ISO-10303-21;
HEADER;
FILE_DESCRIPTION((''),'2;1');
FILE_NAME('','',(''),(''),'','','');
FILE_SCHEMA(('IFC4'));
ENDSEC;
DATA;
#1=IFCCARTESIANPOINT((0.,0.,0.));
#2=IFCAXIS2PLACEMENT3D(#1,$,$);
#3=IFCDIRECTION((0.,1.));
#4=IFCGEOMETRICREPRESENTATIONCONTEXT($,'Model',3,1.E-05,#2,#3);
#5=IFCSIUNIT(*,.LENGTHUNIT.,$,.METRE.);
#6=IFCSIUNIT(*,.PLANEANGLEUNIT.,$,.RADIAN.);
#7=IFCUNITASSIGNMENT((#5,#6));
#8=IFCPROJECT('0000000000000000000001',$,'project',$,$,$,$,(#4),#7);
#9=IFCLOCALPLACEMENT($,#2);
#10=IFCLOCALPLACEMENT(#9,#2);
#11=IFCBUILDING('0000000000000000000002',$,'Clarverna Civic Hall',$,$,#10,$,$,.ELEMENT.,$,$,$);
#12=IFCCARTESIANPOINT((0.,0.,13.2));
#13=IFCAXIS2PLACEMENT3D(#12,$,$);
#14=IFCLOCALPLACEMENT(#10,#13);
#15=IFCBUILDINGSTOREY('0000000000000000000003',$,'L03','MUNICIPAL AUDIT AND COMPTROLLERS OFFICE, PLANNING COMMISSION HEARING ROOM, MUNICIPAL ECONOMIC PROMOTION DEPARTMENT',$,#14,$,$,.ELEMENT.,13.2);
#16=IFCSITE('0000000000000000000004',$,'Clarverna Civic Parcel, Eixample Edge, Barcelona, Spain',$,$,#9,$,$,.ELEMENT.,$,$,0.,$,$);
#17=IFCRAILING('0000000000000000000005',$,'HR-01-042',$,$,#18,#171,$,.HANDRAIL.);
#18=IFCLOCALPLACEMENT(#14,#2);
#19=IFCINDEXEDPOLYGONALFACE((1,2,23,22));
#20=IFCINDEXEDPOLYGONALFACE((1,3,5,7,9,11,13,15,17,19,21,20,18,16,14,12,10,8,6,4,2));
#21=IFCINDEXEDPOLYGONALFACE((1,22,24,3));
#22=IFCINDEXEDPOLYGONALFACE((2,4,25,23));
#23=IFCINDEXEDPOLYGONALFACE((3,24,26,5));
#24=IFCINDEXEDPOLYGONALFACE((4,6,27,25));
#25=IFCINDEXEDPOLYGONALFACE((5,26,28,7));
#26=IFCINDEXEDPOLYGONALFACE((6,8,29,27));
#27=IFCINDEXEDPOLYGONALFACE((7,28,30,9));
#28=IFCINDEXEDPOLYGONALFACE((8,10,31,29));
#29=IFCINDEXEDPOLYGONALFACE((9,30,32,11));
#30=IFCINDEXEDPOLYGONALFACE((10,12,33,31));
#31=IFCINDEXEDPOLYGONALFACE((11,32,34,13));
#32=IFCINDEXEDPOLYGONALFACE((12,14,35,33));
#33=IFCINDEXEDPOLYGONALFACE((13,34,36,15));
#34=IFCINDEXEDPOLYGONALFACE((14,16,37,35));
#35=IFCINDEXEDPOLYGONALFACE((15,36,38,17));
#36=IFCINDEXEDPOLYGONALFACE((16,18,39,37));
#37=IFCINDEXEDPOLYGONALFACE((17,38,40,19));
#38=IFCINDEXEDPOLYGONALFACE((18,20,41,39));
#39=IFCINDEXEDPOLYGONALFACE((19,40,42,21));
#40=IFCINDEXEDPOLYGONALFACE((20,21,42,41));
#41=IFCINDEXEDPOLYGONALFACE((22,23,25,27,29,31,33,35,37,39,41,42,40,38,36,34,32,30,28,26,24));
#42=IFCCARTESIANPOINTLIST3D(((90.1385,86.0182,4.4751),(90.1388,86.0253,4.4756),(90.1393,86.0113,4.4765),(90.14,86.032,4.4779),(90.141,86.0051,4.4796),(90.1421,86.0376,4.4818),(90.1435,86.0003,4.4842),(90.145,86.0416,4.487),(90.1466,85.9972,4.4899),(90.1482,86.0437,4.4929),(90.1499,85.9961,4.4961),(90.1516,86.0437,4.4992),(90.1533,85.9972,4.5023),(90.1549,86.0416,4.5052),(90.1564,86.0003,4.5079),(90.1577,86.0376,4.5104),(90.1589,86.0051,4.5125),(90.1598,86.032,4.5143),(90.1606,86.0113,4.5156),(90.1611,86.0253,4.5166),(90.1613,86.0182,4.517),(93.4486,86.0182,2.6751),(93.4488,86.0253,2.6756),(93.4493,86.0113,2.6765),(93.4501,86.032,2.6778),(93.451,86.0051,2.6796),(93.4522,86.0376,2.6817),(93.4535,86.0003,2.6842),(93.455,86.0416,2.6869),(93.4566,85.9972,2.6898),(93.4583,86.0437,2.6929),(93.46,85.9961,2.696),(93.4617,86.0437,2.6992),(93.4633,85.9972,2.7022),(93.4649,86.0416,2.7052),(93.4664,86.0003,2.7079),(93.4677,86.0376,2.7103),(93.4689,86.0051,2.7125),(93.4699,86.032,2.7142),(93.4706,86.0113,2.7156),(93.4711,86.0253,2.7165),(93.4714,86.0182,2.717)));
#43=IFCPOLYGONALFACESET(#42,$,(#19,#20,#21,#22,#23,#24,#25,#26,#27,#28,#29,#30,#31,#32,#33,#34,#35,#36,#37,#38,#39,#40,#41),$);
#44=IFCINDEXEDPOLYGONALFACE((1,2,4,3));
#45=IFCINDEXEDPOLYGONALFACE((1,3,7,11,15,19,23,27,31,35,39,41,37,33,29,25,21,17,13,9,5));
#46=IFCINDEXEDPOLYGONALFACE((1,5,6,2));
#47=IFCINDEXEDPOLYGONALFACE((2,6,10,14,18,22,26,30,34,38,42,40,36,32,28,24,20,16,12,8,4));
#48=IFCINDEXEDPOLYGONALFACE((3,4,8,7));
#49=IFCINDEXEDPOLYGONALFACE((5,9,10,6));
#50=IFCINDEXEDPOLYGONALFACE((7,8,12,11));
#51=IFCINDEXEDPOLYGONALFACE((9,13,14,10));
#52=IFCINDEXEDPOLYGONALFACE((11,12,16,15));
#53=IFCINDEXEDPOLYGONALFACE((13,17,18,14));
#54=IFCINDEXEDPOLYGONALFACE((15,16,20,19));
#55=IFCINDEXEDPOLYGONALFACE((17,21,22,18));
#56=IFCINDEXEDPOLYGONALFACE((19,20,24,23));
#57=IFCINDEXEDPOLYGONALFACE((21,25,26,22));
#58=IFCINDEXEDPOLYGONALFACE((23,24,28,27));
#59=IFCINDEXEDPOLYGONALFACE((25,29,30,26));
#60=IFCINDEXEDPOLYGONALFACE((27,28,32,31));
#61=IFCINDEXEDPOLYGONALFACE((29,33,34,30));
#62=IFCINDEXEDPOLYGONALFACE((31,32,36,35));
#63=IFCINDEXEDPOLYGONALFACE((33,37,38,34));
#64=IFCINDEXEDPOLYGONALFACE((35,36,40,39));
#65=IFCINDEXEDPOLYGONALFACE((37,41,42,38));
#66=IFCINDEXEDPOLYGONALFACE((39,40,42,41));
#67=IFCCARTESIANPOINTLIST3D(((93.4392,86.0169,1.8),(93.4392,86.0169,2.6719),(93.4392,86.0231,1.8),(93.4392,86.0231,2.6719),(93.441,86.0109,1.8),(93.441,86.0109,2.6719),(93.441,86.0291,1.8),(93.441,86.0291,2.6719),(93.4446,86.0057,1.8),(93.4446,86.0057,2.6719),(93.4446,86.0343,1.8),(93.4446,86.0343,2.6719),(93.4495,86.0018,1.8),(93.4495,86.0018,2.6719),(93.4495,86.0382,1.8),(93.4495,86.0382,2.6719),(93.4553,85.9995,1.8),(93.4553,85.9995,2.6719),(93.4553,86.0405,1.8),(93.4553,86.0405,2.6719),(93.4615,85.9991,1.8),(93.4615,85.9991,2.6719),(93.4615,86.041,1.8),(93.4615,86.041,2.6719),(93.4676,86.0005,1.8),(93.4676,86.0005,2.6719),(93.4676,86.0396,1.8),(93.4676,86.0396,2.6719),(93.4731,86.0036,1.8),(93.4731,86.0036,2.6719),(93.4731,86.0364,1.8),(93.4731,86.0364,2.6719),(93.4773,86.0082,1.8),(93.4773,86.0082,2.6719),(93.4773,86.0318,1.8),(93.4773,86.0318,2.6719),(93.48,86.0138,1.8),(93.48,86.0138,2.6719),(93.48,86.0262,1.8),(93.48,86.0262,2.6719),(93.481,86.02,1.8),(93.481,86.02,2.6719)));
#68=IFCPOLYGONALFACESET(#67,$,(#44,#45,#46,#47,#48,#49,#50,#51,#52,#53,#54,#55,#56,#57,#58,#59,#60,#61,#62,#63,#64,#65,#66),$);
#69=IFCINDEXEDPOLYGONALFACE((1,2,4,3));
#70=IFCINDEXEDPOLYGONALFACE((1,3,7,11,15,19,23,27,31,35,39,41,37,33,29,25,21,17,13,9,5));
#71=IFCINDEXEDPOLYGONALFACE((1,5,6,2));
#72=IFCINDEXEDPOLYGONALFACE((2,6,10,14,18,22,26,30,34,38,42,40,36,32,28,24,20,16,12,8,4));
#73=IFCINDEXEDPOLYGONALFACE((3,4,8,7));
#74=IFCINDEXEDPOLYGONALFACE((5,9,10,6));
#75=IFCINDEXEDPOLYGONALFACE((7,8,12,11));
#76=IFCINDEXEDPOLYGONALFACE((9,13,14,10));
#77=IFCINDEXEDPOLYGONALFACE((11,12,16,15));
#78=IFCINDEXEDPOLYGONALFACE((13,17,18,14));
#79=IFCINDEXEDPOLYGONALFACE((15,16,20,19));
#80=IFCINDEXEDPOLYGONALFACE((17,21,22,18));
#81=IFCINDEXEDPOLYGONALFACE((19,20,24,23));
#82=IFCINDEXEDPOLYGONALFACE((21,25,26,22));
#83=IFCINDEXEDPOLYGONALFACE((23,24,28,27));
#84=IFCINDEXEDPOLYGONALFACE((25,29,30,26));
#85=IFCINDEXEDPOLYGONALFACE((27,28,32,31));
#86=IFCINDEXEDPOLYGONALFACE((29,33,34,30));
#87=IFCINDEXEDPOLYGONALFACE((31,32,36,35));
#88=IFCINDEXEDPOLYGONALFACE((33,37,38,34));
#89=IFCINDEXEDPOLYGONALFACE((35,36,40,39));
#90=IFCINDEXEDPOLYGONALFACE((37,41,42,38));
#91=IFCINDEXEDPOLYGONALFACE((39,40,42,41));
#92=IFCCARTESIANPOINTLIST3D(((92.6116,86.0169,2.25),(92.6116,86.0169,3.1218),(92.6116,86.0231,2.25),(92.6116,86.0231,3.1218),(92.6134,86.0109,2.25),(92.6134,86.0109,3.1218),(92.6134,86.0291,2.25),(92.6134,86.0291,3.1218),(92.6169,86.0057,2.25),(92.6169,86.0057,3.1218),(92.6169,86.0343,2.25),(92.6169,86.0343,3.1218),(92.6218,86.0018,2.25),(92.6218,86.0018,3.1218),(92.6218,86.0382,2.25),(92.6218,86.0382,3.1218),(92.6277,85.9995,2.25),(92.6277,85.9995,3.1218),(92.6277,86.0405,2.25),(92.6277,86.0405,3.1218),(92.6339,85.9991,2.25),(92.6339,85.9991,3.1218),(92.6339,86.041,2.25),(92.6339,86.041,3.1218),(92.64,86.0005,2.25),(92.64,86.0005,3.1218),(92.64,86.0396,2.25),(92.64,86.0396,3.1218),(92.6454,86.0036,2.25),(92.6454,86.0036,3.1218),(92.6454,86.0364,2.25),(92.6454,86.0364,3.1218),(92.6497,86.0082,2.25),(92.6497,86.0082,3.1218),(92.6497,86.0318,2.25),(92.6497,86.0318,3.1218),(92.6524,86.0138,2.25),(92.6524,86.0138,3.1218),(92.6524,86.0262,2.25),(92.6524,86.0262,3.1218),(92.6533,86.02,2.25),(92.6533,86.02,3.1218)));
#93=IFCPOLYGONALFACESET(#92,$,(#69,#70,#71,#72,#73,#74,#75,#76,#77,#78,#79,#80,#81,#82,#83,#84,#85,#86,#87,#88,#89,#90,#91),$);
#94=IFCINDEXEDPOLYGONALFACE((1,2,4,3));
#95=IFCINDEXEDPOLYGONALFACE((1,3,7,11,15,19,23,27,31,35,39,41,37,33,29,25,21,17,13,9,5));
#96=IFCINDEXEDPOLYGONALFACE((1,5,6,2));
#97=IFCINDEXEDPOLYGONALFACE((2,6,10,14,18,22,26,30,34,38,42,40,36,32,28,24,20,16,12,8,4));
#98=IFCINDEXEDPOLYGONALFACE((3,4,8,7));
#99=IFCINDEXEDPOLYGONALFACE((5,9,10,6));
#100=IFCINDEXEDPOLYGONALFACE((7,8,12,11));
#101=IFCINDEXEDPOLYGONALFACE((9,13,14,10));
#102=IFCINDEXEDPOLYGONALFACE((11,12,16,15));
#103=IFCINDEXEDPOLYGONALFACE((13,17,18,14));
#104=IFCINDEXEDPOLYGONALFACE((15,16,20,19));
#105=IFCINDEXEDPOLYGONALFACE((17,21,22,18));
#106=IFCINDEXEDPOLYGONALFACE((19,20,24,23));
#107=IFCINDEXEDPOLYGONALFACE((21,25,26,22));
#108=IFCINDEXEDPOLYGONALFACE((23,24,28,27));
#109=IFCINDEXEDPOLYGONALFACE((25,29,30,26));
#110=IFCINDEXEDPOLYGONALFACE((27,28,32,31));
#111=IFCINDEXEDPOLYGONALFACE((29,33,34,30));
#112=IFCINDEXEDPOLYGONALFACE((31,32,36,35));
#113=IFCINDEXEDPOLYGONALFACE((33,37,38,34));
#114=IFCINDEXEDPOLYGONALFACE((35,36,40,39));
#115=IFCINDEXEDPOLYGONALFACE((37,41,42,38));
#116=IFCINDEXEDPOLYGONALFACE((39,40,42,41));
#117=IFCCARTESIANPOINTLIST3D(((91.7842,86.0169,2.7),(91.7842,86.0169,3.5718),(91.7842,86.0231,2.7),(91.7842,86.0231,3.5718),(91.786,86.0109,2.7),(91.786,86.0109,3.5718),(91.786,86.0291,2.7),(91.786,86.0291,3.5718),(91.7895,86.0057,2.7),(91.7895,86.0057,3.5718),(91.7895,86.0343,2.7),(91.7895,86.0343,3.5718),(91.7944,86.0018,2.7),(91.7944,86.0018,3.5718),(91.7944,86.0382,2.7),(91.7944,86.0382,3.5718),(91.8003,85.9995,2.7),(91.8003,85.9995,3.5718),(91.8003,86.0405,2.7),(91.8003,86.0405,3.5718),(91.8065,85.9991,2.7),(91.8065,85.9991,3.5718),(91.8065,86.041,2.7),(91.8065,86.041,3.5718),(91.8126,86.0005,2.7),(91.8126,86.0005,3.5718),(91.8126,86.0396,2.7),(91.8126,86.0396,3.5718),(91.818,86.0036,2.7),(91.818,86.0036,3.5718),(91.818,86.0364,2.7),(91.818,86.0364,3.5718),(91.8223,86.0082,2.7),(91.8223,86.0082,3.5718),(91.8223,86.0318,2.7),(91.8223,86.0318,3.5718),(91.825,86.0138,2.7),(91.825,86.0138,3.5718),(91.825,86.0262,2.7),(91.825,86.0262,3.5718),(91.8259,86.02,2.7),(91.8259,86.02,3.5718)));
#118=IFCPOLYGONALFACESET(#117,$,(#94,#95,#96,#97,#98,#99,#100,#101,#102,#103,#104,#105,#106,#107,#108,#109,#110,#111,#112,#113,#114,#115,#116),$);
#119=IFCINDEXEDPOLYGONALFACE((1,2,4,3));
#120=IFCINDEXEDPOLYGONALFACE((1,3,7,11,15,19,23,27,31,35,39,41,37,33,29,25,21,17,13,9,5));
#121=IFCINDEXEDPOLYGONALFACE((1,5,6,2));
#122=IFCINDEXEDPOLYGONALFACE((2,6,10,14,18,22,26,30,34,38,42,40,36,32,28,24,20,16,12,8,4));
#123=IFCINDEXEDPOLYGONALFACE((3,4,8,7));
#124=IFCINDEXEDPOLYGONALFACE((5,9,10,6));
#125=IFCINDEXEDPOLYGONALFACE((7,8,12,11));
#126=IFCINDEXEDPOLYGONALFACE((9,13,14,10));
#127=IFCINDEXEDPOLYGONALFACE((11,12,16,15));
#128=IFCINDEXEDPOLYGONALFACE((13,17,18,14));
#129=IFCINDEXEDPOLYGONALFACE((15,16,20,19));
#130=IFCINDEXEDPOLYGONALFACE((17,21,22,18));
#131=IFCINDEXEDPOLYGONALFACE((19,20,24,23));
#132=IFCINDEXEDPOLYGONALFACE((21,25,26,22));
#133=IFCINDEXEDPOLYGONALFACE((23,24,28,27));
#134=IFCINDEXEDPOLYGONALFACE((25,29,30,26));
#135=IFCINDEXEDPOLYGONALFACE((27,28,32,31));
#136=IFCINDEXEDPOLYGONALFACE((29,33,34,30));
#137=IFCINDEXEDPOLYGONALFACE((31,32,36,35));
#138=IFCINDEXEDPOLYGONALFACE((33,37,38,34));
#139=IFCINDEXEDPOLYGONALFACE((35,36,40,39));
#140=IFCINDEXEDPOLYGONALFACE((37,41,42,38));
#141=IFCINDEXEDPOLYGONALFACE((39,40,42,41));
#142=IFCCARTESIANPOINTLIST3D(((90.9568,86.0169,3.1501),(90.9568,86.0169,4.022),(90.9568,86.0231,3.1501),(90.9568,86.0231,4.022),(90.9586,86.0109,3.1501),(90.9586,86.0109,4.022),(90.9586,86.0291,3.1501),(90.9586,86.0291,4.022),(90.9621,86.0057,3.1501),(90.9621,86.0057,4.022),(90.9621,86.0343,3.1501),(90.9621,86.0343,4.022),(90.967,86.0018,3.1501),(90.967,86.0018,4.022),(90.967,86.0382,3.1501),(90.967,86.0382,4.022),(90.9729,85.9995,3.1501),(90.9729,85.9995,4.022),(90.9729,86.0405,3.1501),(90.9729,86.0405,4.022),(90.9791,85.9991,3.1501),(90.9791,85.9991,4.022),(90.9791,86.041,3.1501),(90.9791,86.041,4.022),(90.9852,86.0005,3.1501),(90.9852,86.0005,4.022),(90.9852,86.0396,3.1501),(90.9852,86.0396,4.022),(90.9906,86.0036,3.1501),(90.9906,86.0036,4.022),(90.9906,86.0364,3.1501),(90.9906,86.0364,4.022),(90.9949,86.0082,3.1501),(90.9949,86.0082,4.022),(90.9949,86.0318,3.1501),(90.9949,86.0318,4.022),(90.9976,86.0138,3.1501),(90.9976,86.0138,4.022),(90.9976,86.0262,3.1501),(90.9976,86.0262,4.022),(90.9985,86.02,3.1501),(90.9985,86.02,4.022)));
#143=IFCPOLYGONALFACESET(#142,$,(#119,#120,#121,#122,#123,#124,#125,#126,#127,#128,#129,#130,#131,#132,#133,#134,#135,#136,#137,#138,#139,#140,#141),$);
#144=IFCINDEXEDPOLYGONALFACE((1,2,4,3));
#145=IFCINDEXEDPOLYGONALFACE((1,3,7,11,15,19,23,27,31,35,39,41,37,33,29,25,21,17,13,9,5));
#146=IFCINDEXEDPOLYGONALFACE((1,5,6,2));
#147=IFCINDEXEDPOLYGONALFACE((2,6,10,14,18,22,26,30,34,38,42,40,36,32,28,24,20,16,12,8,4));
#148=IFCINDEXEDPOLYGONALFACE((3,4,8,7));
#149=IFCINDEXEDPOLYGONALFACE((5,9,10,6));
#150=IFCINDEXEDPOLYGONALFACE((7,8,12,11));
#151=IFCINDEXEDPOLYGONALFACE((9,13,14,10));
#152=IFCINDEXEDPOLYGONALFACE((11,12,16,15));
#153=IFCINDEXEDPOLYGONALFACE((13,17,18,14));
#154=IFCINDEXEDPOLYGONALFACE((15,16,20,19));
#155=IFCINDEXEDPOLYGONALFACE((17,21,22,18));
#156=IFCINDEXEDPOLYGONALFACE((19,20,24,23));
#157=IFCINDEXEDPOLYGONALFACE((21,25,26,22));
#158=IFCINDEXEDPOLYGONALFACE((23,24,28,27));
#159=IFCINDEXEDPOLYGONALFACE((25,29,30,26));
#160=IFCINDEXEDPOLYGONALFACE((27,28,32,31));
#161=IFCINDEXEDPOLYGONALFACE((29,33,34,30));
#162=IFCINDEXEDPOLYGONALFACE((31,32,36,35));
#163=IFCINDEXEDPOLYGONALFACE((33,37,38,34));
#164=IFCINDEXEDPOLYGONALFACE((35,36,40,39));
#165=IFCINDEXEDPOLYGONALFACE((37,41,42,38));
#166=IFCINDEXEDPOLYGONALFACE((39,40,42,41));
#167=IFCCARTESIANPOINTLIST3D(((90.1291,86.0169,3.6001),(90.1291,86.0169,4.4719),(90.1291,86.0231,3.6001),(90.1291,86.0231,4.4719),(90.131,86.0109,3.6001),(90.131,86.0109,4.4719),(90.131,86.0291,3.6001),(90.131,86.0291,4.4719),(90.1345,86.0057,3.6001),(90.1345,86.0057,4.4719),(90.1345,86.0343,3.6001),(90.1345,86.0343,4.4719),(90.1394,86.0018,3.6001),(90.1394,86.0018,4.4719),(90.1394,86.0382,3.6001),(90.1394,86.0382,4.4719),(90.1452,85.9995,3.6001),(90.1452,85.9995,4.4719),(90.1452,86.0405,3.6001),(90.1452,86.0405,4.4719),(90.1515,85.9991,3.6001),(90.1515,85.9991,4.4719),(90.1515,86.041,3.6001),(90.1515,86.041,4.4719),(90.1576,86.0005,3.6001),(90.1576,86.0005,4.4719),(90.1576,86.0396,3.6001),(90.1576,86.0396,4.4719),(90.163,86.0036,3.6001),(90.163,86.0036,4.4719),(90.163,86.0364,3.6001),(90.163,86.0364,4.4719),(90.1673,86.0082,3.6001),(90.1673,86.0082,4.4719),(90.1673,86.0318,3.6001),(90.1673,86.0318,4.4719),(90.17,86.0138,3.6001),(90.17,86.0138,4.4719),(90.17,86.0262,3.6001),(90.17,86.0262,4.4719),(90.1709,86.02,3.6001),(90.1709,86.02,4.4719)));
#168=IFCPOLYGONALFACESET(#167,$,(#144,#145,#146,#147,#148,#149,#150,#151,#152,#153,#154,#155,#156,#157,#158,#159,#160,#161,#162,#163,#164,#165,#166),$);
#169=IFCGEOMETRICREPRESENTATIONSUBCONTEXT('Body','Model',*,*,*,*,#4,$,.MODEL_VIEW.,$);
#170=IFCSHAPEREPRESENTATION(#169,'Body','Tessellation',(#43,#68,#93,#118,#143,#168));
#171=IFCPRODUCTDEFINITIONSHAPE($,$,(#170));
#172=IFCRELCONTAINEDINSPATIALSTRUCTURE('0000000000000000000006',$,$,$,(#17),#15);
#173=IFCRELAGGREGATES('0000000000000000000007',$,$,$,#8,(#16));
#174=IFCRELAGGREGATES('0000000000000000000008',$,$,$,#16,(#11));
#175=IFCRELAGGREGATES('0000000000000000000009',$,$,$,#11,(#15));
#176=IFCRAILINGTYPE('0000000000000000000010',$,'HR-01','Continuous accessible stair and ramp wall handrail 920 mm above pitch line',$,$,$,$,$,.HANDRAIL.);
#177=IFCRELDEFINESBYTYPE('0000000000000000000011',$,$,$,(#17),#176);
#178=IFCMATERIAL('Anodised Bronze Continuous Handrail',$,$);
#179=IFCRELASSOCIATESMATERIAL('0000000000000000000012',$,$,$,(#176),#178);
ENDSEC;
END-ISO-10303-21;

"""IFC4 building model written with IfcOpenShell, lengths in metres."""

from ifc_helpers import new_model, si_unit, direction, frame, origin, origin_2d, place, context, subcontext, project, spatial, circle, extrude, material, type_object, element, save


model = new_model("IFC4")

# Units and contexts
model_context = context("Model", 3, precision=1e-05, world=origin(), true_north=direction((0.0, 1.0)))
body_context = subcontext(model_context, "Body", "Model", "MODEL_VIEW")
ifc_project = project(units=[si_unit("LENGTHUNIT", "METRE"), si_unit("PLANEANGLEUNIT", "RADIAN")], contexts=[model_context])

# Site, building, storey
site_placement = place(None, origin())
site = spatial("IfcSite", under=ifc_project, at=site_placement, Name="Clarverna Civic Parcel, Eixample Edge, Barcelona, Spain", CompositionType="ELEMENT", RefElevation=0.0)
building_placement = place(site_placement, origin())
building = spatial("IfcBuilding", under=site, at=building_placement, Name="Clarverna Civic Hall", CompositionType="ELEMENT")
storey_placement = place(building_placement, frame((0.0, 0.0, 13.2)))
storey = spatial("IfcBuildingStorey", under=building, at=storey_placement, Name="L03", Description="MUNICIPAL AUDIT AND COMPTROLLERS OFFICE, PLANNING COMMISSION HEARING ROOM, MUNICIPAL ECONOMIC PROMOTION DEPARTMENT", CompositionType="ELEMENT", Elevation=13.2)

# Railing
ifc_material_1 = material(Name="Anodised Bronze Continuous Handrail")
railing_type = type_object("IfcRailingType", Name="HR-01", Description="Continuous accessible stair and ramp wall handrail 920 mm above pitch line", PredefinedType="HANDRAIL", material=ifc_material_1)
railing_placement = place(storey_placement, frame((93.46, 86.02, 1.8)))
element("IfcRailing", 1, at=railing_placement, inside=storey, type_object=railing_type, Name="HR-01-042", PredefinedType="HANDRAIL", context=body_context, shape_type="SweptSolid", body=[
    extrude(circle(Radius=0.0239, at=origin_2d()), frame((0.0, 0.0, 0.896), z_axis=(-0.878502, 0.0, 0.477739), x_axis=(0.0, -1.0, 0.0)), (0.0, 0.0, 1.0), 3.7678),
    extrude(circle(Radius=0.021, at=origin_2d()), origin(), (0.0, 0.0, 1.0), 0.8718),
    extrude(circle(Radius=0.021, at=origin_2d()), frame((-0.8276, 0.0, 0.45)), (0.0, 0.0, 1.0), 0.8718),
    extrude(circle(Radius=0.021, at=origin_2d()), frame((-1.655, 0.0, 0.8999)), (0.0, 0.0, 1.0), 0.8718),
    extrude(circle(Radius=0.021, at=origin_2d()), frame((-2.4824, 0.0, 1.3501)), (0.0, 0.0, 1.0), 0.8718),
    extrude(circle(Radius=0.021, at=origin_2d()), frame((-3.3101, 0.0, 1.8)), (0.0, 0.0, 1.0), 0.8718),
])

save(model, "model.ifc")
